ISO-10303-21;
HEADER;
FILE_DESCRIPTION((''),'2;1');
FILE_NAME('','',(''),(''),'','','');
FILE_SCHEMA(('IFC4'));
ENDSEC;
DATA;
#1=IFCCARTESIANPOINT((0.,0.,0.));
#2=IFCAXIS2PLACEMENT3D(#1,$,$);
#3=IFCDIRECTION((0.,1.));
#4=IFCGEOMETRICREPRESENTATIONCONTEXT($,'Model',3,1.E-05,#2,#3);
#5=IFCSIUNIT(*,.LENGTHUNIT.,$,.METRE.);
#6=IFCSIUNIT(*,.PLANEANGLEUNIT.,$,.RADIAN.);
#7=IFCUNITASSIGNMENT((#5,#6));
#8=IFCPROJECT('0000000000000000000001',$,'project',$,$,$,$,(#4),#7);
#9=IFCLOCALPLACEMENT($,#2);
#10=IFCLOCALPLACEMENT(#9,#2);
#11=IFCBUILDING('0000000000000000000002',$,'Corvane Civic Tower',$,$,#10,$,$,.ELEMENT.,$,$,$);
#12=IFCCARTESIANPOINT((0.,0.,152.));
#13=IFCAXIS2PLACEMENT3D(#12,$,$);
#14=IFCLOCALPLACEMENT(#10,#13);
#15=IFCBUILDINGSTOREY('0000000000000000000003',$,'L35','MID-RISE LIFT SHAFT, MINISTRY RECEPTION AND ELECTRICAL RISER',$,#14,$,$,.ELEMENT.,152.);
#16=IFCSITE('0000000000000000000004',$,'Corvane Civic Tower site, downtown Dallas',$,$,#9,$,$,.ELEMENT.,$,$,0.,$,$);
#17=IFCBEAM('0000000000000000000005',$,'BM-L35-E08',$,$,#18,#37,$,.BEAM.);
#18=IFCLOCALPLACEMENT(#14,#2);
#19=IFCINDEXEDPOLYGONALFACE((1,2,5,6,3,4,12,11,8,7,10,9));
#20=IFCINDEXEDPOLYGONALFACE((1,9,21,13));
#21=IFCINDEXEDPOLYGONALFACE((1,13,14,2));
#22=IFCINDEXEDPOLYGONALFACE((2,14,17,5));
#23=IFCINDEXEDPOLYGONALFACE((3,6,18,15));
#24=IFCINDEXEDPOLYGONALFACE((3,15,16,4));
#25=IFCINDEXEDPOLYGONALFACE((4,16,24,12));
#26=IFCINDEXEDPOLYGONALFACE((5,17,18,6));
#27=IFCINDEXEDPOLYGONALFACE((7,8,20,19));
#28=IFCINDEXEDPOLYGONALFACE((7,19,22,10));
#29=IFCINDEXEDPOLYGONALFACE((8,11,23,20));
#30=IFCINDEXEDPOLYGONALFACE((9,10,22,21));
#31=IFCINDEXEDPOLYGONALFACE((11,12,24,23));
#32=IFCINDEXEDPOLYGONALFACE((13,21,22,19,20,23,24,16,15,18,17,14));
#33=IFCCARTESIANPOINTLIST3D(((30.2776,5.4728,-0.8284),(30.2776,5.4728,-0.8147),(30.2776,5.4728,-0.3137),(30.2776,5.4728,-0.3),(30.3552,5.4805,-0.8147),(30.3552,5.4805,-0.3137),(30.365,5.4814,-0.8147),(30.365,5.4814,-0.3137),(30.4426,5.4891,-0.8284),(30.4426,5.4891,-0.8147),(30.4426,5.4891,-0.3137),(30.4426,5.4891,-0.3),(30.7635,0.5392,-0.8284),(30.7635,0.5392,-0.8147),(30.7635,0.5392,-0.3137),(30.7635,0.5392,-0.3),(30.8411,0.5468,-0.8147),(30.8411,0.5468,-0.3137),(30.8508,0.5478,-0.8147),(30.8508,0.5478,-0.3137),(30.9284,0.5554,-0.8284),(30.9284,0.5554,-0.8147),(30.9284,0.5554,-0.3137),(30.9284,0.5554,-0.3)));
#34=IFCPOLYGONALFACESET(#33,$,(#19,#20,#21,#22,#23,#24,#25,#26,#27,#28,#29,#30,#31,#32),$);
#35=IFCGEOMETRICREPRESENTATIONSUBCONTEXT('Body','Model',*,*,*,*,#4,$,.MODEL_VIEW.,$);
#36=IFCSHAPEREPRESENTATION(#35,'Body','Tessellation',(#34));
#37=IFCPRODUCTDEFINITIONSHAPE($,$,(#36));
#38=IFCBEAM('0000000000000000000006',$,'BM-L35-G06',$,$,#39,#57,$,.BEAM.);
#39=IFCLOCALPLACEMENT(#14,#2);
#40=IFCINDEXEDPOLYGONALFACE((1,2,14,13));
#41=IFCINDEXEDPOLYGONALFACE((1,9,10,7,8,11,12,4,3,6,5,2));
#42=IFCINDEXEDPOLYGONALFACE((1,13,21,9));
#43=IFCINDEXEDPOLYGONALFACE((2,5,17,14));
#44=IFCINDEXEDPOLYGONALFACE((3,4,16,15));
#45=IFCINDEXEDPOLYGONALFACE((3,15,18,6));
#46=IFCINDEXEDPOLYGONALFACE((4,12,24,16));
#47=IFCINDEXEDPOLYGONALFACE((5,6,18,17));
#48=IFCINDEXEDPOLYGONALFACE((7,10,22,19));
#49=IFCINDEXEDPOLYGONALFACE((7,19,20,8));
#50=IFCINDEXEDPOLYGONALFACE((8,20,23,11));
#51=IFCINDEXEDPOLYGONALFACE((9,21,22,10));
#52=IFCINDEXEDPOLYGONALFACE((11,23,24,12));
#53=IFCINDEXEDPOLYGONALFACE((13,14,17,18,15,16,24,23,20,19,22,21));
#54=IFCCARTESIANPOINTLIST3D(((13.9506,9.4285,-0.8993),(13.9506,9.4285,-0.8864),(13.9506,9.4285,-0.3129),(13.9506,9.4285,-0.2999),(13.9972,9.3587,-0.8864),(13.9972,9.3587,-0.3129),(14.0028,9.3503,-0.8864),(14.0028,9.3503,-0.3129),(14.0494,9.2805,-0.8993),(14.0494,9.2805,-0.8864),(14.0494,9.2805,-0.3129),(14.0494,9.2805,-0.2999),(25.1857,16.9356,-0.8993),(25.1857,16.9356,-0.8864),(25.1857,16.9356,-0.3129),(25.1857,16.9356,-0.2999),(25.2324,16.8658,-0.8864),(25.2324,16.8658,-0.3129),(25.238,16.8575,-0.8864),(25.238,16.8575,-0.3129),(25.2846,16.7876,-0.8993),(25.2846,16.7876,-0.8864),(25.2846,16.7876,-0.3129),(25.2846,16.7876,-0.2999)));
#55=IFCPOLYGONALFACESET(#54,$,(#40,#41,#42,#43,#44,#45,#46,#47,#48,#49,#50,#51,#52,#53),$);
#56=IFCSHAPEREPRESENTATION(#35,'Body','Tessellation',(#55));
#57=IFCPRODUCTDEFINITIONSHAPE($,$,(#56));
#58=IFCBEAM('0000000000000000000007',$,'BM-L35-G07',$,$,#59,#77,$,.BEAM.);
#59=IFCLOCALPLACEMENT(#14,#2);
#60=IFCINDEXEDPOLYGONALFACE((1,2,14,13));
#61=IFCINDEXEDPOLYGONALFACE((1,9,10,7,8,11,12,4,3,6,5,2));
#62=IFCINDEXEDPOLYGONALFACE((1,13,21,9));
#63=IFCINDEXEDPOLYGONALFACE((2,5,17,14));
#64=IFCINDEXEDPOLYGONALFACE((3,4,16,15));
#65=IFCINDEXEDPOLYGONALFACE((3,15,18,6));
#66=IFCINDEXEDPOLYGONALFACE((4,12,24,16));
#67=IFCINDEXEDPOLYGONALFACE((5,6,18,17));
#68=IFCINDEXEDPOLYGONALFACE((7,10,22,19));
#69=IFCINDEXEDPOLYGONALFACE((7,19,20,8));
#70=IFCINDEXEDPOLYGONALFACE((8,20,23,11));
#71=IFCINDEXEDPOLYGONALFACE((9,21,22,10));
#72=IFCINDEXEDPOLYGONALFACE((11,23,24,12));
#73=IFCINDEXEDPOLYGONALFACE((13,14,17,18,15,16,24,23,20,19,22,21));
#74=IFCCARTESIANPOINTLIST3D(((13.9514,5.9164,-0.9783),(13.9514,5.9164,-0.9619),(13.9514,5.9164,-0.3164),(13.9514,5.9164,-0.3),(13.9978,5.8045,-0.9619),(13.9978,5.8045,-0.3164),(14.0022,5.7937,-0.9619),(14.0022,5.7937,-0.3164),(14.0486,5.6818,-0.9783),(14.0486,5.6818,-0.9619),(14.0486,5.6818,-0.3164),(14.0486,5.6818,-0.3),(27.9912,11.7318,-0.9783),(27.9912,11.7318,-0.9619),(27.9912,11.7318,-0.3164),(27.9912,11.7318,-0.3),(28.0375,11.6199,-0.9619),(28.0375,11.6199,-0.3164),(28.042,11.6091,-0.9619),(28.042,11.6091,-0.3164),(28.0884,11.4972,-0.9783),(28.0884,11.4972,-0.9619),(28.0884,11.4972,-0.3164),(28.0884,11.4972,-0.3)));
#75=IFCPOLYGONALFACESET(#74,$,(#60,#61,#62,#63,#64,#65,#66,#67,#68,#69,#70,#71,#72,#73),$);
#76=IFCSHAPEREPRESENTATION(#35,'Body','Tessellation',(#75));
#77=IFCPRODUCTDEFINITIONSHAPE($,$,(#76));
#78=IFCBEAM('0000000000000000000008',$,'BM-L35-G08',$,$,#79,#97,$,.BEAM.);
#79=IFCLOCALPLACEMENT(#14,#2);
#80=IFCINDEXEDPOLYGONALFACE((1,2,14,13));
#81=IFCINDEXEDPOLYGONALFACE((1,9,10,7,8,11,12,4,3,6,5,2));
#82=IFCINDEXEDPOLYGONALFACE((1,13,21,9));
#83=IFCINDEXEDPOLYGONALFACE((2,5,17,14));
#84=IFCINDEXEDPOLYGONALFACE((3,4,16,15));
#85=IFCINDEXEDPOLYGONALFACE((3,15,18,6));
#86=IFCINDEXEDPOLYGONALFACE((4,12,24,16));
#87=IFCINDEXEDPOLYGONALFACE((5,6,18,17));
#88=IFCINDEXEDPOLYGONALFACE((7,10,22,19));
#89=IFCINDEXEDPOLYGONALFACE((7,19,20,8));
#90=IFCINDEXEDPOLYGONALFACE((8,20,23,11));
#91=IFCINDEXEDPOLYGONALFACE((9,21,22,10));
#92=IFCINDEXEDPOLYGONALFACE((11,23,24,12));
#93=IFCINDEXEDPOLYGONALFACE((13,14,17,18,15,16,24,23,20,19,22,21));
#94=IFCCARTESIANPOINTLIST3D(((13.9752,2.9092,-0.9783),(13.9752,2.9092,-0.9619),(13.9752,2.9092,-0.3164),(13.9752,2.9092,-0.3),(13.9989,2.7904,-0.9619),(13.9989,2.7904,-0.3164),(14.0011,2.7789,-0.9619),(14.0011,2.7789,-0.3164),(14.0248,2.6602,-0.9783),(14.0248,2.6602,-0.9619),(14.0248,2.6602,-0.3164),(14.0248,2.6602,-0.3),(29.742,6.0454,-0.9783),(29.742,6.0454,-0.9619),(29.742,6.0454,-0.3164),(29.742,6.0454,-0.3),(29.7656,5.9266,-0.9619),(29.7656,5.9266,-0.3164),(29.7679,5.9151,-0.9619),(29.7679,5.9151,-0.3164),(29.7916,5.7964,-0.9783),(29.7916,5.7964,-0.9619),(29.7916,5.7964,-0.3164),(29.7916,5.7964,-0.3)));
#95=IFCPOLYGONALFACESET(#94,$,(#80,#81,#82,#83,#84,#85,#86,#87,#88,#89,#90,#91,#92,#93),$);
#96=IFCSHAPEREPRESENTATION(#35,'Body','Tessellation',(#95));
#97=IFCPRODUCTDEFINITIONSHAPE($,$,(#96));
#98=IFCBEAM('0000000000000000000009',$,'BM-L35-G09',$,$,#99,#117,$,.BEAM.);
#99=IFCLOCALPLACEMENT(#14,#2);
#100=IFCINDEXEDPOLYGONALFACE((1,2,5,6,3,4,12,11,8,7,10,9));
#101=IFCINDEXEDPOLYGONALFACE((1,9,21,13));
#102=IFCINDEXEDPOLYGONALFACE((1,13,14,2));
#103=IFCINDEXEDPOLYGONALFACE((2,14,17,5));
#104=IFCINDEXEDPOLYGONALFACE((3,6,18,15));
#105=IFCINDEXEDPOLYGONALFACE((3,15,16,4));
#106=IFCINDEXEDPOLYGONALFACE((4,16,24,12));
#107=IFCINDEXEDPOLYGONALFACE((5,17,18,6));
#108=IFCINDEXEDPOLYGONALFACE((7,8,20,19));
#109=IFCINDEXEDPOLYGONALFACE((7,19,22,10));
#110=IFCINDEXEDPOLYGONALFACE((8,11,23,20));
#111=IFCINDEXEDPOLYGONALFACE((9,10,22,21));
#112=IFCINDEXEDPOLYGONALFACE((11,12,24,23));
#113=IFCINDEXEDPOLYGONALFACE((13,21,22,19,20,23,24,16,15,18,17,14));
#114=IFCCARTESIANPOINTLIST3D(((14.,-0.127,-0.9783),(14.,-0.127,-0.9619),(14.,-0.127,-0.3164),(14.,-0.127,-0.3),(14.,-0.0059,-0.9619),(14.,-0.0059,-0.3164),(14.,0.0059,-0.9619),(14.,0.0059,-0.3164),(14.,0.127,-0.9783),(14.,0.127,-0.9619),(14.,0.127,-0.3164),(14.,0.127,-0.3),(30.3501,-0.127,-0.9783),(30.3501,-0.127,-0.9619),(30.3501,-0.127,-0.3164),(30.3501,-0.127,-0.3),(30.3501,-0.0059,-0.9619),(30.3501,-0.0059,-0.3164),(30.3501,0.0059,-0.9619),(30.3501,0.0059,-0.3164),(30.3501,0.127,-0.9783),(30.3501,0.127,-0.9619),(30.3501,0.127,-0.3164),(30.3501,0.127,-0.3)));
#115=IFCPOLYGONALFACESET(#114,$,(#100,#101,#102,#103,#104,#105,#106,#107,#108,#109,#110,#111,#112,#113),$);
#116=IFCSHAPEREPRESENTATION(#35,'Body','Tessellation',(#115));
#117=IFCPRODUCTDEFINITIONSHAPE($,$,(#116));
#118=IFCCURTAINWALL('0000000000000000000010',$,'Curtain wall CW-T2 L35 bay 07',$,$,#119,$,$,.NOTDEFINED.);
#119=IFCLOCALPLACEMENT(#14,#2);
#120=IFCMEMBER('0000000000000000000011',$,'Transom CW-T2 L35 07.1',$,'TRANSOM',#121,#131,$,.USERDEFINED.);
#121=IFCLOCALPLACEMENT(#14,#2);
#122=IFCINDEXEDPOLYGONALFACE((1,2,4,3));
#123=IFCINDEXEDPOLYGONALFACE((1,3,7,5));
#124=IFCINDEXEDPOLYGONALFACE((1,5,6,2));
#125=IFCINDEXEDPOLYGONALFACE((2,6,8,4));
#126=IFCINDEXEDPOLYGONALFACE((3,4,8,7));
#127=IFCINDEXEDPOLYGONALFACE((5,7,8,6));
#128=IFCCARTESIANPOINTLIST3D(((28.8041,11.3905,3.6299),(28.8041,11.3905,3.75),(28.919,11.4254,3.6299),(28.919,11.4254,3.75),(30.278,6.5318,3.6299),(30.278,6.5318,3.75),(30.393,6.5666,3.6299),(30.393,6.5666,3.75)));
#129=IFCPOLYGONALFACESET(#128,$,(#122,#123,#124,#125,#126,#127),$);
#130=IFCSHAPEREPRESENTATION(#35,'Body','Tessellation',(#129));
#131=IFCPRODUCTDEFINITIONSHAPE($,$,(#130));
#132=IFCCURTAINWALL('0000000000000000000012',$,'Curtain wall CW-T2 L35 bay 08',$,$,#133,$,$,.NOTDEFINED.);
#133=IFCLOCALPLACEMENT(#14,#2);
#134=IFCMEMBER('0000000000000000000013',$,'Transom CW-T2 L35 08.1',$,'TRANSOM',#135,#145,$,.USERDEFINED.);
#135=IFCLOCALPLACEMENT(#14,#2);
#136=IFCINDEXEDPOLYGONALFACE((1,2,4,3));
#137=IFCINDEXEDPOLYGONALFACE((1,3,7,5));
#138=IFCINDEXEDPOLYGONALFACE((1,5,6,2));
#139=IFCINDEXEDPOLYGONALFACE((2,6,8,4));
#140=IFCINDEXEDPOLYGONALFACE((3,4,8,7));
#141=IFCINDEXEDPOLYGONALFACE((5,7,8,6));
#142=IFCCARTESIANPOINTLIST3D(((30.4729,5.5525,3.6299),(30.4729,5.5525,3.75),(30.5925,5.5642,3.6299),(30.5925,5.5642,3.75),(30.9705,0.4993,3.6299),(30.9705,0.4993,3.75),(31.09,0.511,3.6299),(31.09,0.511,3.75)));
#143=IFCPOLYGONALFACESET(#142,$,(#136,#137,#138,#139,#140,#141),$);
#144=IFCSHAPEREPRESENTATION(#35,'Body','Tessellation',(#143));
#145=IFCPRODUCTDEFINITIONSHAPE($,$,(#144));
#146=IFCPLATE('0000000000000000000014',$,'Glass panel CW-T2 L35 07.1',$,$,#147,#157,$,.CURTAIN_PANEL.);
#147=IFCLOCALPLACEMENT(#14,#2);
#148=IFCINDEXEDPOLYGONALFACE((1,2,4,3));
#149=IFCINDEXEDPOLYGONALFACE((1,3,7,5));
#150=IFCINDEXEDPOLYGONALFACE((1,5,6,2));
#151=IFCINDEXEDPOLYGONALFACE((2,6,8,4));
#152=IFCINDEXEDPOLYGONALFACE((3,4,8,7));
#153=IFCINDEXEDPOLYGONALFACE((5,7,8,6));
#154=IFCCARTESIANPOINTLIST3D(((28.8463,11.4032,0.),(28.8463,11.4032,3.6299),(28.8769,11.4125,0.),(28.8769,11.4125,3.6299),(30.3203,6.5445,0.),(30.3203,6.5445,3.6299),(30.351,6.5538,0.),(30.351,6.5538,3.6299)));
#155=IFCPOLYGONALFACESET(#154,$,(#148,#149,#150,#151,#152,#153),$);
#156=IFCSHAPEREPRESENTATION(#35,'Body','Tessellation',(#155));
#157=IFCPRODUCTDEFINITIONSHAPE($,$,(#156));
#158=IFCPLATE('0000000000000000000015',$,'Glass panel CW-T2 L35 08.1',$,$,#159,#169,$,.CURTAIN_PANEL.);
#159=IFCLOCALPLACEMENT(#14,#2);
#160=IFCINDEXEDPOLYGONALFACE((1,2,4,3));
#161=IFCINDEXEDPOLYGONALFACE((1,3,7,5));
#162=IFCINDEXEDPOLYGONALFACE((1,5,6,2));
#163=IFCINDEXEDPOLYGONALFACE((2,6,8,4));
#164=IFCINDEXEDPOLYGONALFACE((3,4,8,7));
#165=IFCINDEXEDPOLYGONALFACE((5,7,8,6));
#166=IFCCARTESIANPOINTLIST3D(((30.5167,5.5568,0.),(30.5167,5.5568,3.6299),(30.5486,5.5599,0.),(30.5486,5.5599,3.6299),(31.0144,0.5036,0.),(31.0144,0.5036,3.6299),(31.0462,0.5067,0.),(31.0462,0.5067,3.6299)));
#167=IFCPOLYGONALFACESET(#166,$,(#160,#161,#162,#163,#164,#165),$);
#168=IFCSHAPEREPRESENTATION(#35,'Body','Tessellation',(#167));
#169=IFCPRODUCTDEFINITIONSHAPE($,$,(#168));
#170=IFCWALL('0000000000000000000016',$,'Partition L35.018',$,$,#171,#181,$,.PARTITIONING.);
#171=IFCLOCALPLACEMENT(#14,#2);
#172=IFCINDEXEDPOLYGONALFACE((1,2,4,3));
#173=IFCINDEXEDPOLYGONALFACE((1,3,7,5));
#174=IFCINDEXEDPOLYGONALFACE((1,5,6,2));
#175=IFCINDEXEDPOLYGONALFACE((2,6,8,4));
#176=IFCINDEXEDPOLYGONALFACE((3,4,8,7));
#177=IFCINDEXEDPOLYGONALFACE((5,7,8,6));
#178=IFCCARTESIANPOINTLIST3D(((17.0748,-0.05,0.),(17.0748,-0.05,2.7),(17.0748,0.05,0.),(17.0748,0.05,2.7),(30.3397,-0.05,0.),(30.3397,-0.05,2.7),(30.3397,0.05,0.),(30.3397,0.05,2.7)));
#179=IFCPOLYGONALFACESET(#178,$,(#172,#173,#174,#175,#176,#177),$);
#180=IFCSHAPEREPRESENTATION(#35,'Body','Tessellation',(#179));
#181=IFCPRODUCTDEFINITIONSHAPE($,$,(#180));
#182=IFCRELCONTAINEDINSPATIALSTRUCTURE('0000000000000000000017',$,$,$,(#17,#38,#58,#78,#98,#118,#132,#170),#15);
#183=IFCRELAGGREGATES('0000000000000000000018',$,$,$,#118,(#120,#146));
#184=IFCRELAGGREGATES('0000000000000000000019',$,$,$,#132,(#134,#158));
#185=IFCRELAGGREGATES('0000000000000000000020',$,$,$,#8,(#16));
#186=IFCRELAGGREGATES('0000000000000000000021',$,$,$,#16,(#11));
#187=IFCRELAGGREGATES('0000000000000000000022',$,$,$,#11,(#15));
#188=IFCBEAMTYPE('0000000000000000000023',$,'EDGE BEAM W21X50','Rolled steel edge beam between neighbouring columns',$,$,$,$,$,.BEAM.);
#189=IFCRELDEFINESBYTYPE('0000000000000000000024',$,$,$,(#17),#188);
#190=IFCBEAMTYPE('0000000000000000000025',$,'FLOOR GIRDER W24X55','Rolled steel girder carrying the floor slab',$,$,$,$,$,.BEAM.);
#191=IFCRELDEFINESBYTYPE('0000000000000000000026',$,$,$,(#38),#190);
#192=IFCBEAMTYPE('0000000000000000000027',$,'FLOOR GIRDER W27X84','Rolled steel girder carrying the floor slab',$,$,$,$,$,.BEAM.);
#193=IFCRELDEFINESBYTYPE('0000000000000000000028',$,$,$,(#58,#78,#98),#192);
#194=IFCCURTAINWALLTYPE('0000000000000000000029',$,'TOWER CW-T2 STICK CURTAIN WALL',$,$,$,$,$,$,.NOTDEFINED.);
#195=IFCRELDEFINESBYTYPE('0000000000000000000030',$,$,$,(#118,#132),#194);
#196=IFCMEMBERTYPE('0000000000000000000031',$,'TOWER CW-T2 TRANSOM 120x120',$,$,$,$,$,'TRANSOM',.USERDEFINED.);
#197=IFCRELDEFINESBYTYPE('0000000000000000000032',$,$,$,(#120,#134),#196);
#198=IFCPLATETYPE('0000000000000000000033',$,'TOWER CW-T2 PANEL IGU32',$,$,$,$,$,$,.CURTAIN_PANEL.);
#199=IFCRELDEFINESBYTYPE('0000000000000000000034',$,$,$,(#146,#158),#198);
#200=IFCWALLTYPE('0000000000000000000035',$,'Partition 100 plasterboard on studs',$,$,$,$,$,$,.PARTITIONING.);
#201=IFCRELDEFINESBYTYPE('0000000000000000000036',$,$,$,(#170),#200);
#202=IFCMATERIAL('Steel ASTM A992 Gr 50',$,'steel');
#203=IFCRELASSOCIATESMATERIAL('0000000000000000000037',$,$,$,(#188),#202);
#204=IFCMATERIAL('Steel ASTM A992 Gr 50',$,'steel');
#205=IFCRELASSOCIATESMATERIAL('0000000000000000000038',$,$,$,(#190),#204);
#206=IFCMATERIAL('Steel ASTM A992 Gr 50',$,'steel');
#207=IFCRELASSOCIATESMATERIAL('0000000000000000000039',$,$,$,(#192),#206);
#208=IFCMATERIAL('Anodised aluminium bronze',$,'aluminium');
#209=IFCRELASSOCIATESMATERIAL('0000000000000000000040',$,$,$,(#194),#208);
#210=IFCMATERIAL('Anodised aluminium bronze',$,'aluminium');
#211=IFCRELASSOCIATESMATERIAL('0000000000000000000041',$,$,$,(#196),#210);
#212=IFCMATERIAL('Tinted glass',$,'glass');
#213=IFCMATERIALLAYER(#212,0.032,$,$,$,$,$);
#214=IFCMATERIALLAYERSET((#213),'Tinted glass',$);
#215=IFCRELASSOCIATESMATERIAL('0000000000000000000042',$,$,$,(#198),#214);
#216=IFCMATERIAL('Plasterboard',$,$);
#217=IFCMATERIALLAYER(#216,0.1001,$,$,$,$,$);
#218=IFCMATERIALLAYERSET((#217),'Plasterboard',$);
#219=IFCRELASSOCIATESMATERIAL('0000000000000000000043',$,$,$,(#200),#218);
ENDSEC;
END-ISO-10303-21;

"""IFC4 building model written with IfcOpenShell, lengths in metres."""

from ifc_helpers import new_model, si_unit, direction, frame, frame_2d, origin, origin_2d, place, context, subcontext, project, spatial, rectangle, i_section, extrude, material, layer, layer_set, material_profile, profile_set, type_object, element, aggregate, save


model = new_model("IFC4")

# Units and contexts
model_context = context("Model", 3, precision=1e-05, world=origin(), true_north=direction((0.0, 1.0)))
body_context = subcontext(model_context, "Body", "Model", "MODEL_VIEW")
ifc_project = project(units=[si_unit("LENGTHUNIT", "METRE"), si_unit("PLANEANGLEUNIT", "RADIAN")], contexts=[model_context])

# Site, building, storey
site_placement = place(None, origin())
site = spatial("IfcSite", under=ifc_project, at=site_placement, Name="Corvane Civic Tower site, downtown Dallas", CompositionType="ELEMENT", RefElevation=0.0)
building_placement = place(site_placement, origin())
building = spatial("IfcBuilding", under=site, at=building_placement, Name="Corvane Civic Tower", CompositionType="ELEMENT")
storey_placement = place(building_placement, frame((0.0, 0.0, 152.0)))
storey = spatial("IfcBuildingStorey", under=building, at=storey_placement, Name="L35", Description="MID-RISE LIFT SHAFT, MINISTRY RECEPTION AND ELECTRICAL RISER", CompositionType="ELEMENT", Elevation=152.0)

# Beams
ifc_material_1 = material(Name="Steel ASTM A992 Gr 50", Category="steel")
ifc_material_profile_1 = material_profile(ifc_material_1, i_section(OverallWidth=0.1658, OverallDepth=0.5283, WebThickness=0.0098, FlangeThickness=0.0137, at=origin_2d()), Name="W21X50")
ifc_profile_set_1 = profile_set([ifc_material_profile_1], Name="Steel ASTM A992 Gr 50")
beam_type_1 = type_object("IfcBeamType", Name="EDGE BEAM W21X50", Description="Rolled steel edge beam between neighbouring columns", PredefinedType="BEAM", material=ifc_profile_set_1)
beam_1_placement = place(storey_placement, frame((30.3601, 5.481, -0.5642), z_axis=(0.098002, -0.995186, 0.0), x_axis=(0.995186, 0.098002, 0.0)))
element("IfcBeam", 1, at=beam_1_placement, inside=storey, type_object=beam_type_1, Name="BM-L35-E08", PredefinedType="BEAM", context=body_context, shape_type="SweptSolid", body=[
    extrude(i_section(OverallWidth=0.1658, OverallDepth=0.5283, WebThickness=0.0098, FlangeThickness=0.0137, at=origin_2d()), origin(), (0.0, 0.0, 1.0), 4.9575),
])
ifc_material_2 = material(Name="Steel ASTM A992 Gr 50", Category="steel")
ifc_material_profile_2 = material_profile(ifc_material_2, i_section(OverallWidth=0.178, OverallDepth=0.5994, WebThickness=0.01, FlangeThickness=0.0129, at=origin_2d()), Name="W24X55")
ifc_profile_set_2 = profile_set([ifc_material_profile_2], Name="Steel ASTM A992 Gr 50")
beam_type_2 = type_object("IfcBeamType", Name="FLOOR GIRDER W24X55", Description="Rolled steel girder carrying the floor slab", PredefinedType="BEAM", material=ifc_profile_set_2)
beam_2_placement = place(storey_placement, frame((14.0, 9.3545, -0.5996), z_axis=(0.831469, 0.555571, 0.0), x_axis=(-0.555571, 0.831469, 0.0)))
element("IfcBeam", 2, at=beam_2_placement, inside=storey, type_object=beam_type_2, Name="BM-L35-G06", PredefinedType="BEAM", context=body_context, shape_type="SweptSolid", body=[
    extrude(i_section(OverallWidth=0.178, OverallDepth=0.5994, WebThickness=0.01, FlangeThickness=0.0129, at=origin_2d()), origin(), (0.0, 0.0, 1.0), 13.5125),
])
ifc_material_3 = material(Name="Steel ASTM A992 Gr 50", Category="steel")
ifc_material_profile_3 = material_profile(ifc_material_3, i_section(OverallWidth=0.2539, OverallDepth=0.6782, WebThickness=0.0117, FlangeThickness=0.0164, at=origin_2d()), Name="W27X84")
ifc_profile_set_3 = profile_set([ifc_material_profile_3], Name="Steel ASTM A992 Gr 50")
beam_type_3 = type_object("IfcBeamType", Name="FLOOR GIRDER W27X84", Description="Rolled steel girder carrying the floor slab", PredefinedType="BEAM", material=ifc_profile_set_3)
beam_3_placement = place(storey_placement, frame((14.0, 5.7991, -0.6392), z_axis=(0.923881, 0.382681, 0.0), x_axis=(-0.382681, 0.923881, 0.0)))
element("IfcBeam", 3, at=beam_3_placement, inside=storey, type_object=beam_type_3, Name="BM-L35-G07", PredefinedType="BEAM", context=body_context, shape_type="SweptSolid", body=[
    extrude(i_section(OverallWidth=0.2539, OverallDepth=0.6782, WebThickness=0.0117, FlangeThickness=0.0164, at=origin_2d()), origin(), (0.0, 0.0, 1.0), 15.1965),
])
beam_4_placement = place(storey_placement, frame((14.0, 2.7847, -0.6392), z_axis=(0.980785, 0.195091, 0.0), x_axis=(-0.195091, 0.980785, 0.0)))
element("IfcBeam", 4, at=beam_4_placement, inside=storey, type_object=beam_type_3, Name="BM-L35-G08", PredefinedType="BEAM", context=body_context, shape_type="SweptSolid", body=[
    extrude(i_section(OverallWidth=0.2539, OverallDepth=0.6782, WebThickness=0.0117, FlangeThickness=0.0164, at=origin_2d()), origin(), (0.0, 0.0, 1.0), 16.0757),
])
beam_5_placement = place(storey_placement, frame((14.0, 0.0, -0.6392), z_axis=(1.0, 0.0, 0.0), x_axis=(0.0, 1.0, 0.0)))
element("IfcBeam", 5, at=beam_5_placement, inside=storey, type_object=beam_type_3, Name="BM-L35-G09", PredefinedType="BEAM", context=body_context, shape_type="SweptSolid", body=[
    extrude(i_section(OverallWidth=0.2539, OverallDepth=0.6782, WebThickness=0.0117, FlangeThickness=0.0164, at=origin_2d()), origin(), (0.0, 0.0, 1.0), 16.3501),
])

# Curtain walls, members
ifc_material_4 = material(Name="Anodised aluminium bronze", Category="aluminium")
curtain_wall_type = type_object("IfcCurtainWallType", Name="TOWER CW-T2 STICK CURTAIN WALL", PredefinedType="NOTDEFINED", material=ifc_material_4)
curtain_wall_1_placement = place(storey_placement, origin())
curtain_wall_1 = element("IfcCurtainWall", 6, at=curtain_wall_1_placement, inside=storey, type_object=curtain_wall_type, Name="Curtain wall CW-T2 L35 bay 07", PredefinedType="NOTDEFINED")
ifc_material_5 = material(Name="Anodised aluminium bronze", Category="aluminium")
ifc_material_profile_4 = material_profile(ifc_material_5, rectangle(XDim=0.1201, YDim=0.1201, at=origin_2d()), Name="TOWER CW-T2 TRANSOM 120x120")
ifc_profile_set_4 = profile_set([ifc_material_profile_4], Name="Anodised aluminium bronze")
member_type = type_object("IfcMemberType", Name="TOWER CW-T2 TRANSOM 120x120", ElementType="TRANSOM", PredefinedType="USERDEFINED", material=ifc_profile_set_4)
member_1_placement = place(storey_placement, frame((28.8616, 11.408, 3.6899), z_axis=(0.290289, -0.956939, 0.0), x_axis=(0.956939, 0.290289, 0.0)))
member_1 = element("IfcMember", 7, at=member_1_placement, type_object=member_type, Name="Transom CW-T2 L35 07.1", ObjectType="TRANSOM", PredefinedType="USERDEFINED", context=body_context, shape_type="SweptSolid", body=[
    extrude(rectangle(XDim=0.1201, YDim=0.1201, at=origin_2d()), origin(), (0.0, 0.0, 1.0), 5.0774),
])
curtain_wall_2_placement = place(storey_placement, origin())
curtain_wall_2 = element("IfcCurtainWall", 8, at=curtain_wall_2_placement, inside=storey, type_object=curtain_wall_type, Name="Curtain wall CW-T2 L35 bay 08", PredefinedType="NOTDEFINED")
member_2_placement = place(storey_placement, frame((30.5327, 5.5583, 3.6899), z_axis=(0.09799, -0.995187, 0.0), x_axis=(0.995187, 0.09799, 0.0)))
member_2 = element("IfcMember", 9, at=member_2_placement, type_object=member_type, Name="Transom CW-T2 L35 08.1", ObjectType="TRANSOM", PredefinedType="USERDEFINED", context=body_context, shape_type="SweptSolid", body=[
    extrude(rectangle(XDim=0.1201, YDim=0.1201, at=origin_2d()), origin(), (0.0, 0.0, 1.0), 5.0776),
])

# Plates
ifc_material_6 = material(Name="Tinted glass", Category="glass")
ifc_layer_1 = layer(ifc_material_6, 0.032)
ifc_layer_set_1 = layer_set([ifc_layer_1], Name="Tinted glass")
plate_type = type_object("IfcPlateType", Name="TOWER CW-T2 PANEL IGU32", PredefinedType="CURTAIN_PANEL", material=ifc_layer_set_1)
plate_1_placement = place(storey_placement, frame((29.5986, 8.9785, 0.0), z_axis=(0.0, 0.0, 1.0), x_axis=(0.290313, -0.956932, 0.0)))
plate_1 = element("IfcPlate", 10, at=plate_1_placement, type_object=plate_type, Name="Glass panel CW-T2 L35 07.1", PredefinedType="CURTAIN_PANEL", context=body_context, shape_type="SweptSolid", body=[
    extrude(rectangle(XDim=5.0774, YDim=0.032, at=origin_2d()), origin(), (0.0, 0.0, 1.0), 3.6299),
])
aggregate(curtain_wall_1, [member_1, plate_1])
plate_2_placement = place(storey_placement, frame((30.7815, 3.0317, 0.0), z_axis=(0.0, 0.0, 1.0), x_axis=(0.098012, -0.995185, 0.0)))
plate_2 = element("IfcPlate", 11, at=plate_2_placement, type_object=plate_type, Name="Glass panel CW-T2 L35 08.1", PredefinedType="CURTAIN_PANEL", context=body_context, shape_type="SweptSolid", body=[
    extrude(rectangle(XDim=5.0776, YDim=0.032, at=origin_2d()), origin(), (0.0, 0.0, 1.0), 3.6299),
])
aggregate(curtain_wall_2, [member_2, plate_2])

# Wall
ifc_material_7 = material(Name="Plasterboard")
ifc_layer_2 = layer(ifc_material_7, 0.1001)
ifc_layer_set_2 = layer_set([ifc_layer_2], Name="Plasterboard")
wall_type = type_object("IfcWallType", Name="Partition 100 plasterboard on studs", PredefinedType="PARTITIONING", material=ifc_layer_set_2)
wall_1_placement = place(storey_placement, frame((17.075, 0.0, 0.0), z_axis=(0.0, 0.0, 1.0), x_axis=(1.0, 0.0, 0.0)))
element("IfcWall", 12, at=wall_1_placement, inside=storey, type_object=wall_type, Name="Partition L35.018", PredefinedType="PARTITIONING", context=body_context, shape_type="SweptSolid", body=[
    extrude(rectangle(XDim=13.2649, YDim=0.1001, at=frame_2d((6.6323, 0.0))), origin(), (0.0, 0.0, 1.0), 2.7),
])

save(model, "model.ifc")
